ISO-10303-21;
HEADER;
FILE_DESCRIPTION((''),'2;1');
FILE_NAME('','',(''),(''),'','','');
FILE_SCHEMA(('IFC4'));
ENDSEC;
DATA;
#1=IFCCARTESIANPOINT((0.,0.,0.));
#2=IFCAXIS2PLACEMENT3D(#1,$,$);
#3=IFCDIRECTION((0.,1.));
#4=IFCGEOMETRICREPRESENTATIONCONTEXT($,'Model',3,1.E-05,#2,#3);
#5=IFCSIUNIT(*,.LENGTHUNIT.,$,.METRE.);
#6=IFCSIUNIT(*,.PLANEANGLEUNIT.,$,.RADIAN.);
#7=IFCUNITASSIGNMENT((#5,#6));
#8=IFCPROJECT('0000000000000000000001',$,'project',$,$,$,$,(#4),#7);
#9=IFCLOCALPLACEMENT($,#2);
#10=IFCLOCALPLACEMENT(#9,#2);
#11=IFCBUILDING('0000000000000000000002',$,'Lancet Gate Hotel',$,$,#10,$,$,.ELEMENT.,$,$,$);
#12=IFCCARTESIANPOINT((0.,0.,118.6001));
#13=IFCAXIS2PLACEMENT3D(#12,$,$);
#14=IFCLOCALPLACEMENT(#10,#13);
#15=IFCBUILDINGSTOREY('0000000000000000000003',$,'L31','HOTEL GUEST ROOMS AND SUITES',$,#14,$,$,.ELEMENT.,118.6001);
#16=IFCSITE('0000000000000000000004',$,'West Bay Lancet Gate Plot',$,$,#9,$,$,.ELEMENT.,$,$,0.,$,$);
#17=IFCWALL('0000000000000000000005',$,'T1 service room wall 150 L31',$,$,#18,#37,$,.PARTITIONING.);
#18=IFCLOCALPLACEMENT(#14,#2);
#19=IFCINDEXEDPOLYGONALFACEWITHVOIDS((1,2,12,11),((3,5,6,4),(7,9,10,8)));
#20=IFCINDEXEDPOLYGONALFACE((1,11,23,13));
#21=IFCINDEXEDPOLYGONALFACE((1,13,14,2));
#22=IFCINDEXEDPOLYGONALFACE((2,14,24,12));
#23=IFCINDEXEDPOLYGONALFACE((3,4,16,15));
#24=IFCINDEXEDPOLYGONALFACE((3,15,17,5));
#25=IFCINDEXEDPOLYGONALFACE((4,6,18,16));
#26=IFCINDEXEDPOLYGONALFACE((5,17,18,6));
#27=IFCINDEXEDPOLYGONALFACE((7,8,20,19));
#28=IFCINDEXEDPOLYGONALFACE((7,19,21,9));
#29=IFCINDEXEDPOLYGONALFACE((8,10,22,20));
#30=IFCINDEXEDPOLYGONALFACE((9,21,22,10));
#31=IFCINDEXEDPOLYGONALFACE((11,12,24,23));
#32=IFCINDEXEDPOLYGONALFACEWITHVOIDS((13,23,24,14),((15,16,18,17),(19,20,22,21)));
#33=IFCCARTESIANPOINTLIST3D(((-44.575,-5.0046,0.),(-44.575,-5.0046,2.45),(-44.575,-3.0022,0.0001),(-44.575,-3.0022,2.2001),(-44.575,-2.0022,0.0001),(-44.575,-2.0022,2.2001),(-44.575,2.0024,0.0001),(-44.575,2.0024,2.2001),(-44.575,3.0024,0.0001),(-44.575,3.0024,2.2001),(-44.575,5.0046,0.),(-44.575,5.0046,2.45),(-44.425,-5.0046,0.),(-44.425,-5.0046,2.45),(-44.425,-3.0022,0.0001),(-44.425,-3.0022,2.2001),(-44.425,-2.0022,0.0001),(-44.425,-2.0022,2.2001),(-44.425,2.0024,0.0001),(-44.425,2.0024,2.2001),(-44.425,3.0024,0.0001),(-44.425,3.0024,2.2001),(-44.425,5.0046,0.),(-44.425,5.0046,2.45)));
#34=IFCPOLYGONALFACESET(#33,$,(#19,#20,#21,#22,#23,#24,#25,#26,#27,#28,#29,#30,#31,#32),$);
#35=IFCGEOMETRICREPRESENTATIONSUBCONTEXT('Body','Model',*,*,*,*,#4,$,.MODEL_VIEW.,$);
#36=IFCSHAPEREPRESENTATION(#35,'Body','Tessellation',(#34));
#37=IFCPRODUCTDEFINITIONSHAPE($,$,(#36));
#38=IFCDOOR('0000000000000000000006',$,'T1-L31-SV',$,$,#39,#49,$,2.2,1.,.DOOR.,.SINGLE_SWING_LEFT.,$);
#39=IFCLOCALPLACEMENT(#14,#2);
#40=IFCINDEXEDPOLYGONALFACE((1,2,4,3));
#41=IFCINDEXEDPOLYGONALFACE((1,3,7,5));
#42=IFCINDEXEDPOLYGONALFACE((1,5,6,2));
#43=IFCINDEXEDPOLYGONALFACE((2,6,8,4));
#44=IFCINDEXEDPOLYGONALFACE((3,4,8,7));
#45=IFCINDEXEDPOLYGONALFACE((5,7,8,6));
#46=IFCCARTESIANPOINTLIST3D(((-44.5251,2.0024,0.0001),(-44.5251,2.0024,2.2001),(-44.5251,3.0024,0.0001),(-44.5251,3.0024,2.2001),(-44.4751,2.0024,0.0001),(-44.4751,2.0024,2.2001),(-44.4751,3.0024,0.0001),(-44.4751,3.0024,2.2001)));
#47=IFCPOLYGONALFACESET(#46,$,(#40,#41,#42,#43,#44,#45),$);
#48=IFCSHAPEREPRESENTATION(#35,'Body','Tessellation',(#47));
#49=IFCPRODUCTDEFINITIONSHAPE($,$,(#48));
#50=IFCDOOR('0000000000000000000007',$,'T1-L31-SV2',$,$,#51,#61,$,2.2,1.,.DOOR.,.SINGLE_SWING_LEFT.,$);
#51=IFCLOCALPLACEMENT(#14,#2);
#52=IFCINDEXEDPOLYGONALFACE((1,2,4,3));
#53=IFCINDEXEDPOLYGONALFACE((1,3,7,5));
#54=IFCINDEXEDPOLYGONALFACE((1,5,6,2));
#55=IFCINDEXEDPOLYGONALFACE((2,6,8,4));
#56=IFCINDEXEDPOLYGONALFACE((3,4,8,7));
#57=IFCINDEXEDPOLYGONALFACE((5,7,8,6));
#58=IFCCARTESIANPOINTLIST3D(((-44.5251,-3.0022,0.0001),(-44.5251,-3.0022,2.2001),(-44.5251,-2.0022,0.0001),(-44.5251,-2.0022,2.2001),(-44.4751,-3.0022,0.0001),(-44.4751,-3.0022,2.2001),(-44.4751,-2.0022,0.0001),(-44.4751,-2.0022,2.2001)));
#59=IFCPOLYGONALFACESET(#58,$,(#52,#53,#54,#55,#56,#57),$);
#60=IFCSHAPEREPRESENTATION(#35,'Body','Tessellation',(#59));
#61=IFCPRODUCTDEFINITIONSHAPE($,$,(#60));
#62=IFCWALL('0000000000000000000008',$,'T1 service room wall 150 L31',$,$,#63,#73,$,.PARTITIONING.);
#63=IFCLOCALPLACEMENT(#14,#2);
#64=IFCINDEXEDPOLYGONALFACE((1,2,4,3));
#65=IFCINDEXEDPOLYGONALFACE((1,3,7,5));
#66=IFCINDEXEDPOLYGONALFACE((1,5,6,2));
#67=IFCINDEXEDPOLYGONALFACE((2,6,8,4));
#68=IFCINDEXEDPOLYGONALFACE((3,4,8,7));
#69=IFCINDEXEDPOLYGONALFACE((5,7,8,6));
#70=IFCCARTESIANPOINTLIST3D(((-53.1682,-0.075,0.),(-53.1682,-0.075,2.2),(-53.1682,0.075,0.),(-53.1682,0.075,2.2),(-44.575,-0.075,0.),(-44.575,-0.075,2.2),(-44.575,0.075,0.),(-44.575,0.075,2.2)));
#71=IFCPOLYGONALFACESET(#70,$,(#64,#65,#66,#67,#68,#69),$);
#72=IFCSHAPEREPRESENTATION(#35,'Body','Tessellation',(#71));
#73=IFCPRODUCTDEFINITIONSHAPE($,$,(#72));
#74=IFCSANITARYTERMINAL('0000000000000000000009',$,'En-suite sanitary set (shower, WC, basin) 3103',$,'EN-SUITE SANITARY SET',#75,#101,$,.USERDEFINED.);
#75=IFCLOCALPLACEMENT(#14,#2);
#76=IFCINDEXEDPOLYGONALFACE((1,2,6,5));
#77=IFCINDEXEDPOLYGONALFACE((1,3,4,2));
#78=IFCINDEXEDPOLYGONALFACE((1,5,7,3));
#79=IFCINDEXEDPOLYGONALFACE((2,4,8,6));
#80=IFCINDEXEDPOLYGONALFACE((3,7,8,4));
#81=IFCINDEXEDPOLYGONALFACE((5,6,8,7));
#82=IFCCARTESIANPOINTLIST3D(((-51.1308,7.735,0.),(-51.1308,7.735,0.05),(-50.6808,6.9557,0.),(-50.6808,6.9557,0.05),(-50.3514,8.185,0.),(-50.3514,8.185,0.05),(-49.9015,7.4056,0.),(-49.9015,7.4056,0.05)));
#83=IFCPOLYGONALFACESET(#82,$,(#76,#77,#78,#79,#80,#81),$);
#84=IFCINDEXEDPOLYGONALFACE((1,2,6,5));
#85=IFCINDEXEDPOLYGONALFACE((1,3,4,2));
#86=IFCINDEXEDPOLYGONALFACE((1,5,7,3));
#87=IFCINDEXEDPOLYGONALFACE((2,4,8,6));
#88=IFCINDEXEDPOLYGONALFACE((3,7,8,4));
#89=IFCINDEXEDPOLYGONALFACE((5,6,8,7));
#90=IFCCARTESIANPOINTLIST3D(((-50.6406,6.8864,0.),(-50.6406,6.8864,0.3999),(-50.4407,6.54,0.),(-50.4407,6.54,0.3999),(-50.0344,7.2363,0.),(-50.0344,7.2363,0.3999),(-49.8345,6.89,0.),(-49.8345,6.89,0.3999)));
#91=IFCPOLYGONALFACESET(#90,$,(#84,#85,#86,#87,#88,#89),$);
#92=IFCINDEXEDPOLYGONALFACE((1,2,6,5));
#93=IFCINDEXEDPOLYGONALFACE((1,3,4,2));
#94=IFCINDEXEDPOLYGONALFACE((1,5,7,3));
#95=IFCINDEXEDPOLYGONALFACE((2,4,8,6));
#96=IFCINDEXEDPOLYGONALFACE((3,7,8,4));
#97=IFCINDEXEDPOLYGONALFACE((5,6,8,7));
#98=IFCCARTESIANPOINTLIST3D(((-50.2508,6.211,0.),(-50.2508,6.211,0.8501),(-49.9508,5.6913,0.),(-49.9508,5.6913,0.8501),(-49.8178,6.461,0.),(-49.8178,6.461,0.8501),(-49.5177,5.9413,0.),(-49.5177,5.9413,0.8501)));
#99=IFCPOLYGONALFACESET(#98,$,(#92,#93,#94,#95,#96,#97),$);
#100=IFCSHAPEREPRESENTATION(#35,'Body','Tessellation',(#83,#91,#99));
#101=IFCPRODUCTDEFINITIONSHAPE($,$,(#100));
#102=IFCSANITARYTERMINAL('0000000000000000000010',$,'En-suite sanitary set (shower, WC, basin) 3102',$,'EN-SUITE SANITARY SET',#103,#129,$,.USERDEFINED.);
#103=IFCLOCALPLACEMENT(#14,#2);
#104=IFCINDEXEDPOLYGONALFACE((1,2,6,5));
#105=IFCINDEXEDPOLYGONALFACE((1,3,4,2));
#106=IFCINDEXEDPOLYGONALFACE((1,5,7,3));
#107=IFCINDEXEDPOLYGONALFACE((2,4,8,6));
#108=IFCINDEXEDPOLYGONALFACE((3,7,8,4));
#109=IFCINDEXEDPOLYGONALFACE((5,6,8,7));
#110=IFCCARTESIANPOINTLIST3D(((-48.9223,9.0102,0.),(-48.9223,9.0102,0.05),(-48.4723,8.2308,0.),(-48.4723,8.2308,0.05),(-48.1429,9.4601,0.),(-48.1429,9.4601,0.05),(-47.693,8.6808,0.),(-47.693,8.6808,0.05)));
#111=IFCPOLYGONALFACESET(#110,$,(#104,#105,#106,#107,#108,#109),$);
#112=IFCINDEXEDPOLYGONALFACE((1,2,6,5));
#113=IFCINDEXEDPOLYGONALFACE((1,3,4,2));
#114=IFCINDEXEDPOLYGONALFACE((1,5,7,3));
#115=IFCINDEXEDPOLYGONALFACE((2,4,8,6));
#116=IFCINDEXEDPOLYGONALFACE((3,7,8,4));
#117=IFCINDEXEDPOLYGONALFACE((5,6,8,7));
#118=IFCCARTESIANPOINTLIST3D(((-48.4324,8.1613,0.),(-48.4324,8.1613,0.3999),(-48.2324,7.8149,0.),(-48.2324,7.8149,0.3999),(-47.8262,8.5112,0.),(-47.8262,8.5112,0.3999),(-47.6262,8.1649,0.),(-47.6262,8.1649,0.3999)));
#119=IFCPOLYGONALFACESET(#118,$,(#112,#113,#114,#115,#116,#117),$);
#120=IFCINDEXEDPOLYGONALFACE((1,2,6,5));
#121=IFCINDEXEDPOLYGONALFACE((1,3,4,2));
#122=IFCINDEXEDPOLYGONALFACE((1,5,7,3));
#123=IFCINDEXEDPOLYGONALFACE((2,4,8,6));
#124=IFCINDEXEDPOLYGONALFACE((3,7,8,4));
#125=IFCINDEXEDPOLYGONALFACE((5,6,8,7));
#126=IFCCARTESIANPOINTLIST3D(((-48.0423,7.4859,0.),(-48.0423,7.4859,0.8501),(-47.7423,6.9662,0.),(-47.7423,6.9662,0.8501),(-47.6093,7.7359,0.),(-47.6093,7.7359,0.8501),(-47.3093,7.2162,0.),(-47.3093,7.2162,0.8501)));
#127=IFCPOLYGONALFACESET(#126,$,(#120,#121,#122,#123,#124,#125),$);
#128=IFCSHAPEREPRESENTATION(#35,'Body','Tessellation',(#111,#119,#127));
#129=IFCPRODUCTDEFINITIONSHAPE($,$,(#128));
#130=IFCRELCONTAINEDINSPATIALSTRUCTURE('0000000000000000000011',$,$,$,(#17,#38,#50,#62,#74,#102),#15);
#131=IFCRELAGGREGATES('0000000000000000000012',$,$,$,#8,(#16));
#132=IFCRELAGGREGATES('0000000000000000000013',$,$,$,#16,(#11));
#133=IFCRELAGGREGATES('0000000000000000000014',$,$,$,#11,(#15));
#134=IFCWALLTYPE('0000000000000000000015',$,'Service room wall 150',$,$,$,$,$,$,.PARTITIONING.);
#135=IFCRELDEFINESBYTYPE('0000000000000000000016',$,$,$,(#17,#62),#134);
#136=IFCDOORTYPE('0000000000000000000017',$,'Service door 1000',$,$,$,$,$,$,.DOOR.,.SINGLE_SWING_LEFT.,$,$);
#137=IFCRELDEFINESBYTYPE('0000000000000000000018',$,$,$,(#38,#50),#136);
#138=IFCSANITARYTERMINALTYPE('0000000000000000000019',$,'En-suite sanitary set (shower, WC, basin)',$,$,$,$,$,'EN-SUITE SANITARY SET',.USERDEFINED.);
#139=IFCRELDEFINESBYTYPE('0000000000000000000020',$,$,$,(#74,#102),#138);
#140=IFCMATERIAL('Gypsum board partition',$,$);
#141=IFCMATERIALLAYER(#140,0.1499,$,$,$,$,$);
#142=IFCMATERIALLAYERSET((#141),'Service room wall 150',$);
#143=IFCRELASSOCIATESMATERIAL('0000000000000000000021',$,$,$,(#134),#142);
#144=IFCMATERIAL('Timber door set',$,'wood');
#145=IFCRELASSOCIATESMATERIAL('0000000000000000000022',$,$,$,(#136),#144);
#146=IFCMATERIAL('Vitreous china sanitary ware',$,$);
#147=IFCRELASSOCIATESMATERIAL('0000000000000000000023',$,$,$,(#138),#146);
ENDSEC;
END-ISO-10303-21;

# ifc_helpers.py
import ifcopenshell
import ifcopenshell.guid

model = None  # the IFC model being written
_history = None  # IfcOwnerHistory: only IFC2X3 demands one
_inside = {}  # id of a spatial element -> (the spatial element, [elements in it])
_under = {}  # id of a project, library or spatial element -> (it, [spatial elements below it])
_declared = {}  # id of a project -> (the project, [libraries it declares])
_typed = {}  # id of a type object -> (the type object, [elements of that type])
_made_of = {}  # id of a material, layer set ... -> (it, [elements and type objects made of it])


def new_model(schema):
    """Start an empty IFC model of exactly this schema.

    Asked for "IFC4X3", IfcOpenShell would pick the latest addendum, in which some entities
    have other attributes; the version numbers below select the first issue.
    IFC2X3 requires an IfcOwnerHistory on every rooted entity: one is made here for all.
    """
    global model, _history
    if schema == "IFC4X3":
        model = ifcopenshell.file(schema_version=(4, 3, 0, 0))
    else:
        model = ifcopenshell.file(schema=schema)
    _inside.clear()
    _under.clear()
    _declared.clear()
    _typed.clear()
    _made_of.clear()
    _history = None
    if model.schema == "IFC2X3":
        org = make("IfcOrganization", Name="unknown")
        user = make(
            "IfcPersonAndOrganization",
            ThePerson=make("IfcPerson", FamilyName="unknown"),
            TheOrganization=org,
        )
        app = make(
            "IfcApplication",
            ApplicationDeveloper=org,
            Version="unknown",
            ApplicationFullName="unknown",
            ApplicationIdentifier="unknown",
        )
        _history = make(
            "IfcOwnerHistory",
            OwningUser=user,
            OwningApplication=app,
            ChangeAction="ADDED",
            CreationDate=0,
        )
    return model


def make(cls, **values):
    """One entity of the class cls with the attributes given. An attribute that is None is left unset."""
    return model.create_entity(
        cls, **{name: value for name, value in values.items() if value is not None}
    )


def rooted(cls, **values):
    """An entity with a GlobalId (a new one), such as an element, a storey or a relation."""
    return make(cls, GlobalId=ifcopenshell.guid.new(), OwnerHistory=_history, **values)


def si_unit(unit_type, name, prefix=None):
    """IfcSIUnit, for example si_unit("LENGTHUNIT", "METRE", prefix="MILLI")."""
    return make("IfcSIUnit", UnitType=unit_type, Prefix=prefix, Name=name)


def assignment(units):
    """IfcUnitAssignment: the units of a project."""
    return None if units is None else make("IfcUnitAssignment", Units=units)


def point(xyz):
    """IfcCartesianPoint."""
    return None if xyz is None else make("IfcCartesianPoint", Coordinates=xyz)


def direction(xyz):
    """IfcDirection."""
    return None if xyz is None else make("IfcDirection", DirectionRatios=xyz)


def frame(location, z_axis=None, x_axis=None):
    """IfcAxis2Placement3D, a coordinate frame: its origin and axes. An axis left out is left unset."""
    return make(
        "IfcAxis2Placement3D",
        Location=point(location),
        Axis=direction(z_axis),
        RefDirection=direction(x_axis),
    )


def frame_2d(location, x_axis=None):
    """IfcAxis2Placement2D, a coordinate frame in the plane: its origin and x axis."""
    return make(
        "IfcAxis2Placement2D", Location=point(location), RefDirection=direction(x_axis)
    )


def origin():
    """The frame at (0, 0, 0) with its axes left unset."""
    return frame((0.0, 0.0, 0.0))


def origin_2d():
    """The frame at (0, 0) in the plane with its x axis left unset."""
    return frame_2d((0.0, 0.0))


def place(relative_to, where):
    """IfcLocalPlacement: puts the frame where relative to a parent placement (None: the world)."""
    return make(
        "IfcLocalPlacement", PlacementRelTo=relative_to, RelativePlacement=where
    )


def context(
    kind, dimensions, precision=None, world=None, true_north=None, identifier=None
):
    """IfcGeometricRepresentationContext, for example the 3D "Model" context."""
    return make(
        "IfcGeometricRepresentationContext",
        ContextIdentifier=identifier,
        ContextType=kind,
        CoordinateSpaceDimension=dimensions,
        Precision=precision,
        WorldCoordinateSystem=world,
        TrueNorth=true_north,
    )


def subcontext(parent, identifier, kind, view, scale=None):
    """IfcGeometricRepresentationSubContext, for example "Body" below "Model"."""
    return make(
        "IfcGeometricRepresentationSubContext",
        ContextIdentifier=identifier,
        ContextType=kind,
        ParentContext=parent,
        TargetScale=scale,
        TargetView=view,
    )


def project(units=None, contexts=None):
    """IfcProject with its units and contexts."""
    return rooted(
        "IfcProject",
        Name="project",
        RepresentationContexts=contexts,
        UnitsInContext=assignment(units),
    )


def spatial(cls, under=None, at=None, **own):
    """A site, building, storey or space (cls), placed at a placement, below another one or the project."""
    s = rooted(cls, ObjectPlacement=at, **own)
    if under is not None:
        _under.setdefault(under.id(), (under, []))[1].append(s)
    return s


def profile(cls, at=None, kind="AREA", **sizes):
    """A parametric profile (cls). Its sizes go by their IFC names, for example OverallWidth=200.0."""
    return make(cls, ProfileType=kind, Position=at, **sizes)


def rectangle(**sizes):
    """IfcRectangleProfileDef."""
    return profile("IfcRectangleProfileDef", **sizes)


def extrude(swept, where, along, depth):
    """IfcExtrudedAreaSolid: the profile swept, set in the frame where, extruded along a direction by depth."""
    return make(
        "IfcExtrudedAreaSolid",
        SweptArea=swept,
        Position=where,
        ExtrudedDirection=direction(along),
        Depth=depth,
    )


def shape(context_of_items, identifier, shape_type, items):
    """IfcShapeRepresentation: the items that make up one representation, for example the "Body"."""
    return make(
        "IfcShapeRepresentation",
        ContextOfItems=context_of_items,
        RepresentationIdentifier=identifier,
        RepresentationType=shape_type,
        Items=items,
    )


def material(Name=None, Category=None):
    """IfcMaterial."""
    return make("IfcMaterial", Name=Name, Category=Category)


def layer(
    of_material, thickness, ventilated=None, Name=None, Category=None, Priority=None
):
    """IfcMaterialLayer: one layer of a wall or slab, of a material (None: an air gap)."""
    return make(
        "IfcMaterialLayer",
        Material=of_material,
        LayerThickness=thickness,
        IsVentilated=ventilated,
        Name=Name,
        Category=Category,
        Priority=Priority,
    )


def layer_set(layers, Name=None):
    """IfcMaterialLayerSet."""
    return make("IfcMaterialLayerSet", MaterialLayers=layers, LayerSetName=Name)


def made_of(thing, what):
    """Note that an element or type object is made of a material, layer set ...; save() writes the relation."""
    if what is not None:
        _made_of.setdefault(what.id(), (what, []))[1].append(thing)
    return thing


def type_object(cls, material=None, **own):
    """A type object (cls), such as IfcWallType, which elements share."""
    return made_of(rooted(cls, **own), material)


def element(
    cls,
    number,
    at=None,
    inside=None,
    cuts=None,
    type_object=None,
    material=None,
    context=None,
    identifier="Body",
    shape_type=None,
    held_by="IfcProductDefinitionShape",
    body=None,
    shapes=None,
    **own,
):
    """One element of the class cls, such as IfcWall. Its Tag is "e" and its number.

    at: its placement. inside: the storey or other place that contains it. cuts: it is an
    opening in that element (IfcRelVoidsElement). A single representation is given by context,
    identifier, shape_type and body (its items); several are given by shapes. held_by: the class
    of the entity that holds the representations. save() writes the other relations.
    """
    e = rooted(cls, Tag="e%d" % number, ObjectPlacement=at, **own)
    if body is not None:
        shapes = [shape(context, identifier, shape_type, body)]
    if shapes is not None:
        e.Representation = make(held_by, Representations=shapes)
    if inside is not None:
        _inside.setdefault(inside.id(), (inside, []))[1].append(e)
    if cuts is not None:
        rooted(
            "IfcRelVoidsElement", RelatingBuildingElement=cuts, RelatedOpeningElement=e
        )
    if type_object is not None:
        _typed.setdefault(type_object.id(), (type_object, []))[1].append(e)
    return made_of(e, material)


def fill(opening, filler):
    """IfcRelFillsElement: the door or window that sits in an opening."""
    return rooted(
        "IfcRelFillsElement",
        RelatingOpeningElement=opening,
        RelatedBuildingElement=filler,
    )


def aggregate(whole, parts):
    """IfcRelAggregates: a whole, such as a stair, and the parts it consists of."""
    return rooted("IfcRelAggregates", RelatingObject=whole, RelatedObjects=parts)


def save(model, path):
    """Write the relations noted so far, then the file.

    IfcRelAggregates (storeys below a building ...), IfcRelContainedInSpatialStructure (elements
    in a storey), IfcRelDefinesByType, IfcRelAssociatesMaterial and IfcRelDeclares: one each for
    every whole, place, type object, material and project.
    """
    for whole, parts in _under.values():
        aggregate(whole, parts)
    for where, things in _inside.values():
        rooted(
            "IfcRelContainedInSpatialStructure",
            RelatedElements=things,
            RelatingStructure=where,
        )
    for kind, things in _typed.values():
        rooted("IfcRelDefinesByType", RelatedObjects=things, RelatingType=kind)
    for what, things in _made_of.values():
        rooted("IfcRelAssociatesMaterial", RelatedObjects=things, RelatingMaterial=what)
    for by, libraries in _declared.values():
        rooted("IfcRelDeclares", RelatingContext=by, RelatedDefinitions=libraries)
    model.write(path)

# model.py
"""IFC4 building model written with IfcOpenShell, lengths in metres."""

from ifc_helpers import new_model, si_unit, direction, frame, frame_2d, origin, origin_2d, place, context, subcontext, project, spatial, rectangle, extrude, material, layer, layer_set, type_object, element, fill, save


model = new_model("IFC4")

# Units and contexts
model_context = context("Model", 3, precision=1e-05, world=origin(), true_north=direction((0.0, 1.0)))
body_context = subcontext(model_context, "Body", "Model", "MODEL_VIEW")
ifc_project = project(units=[si_unit("LENGTHUNIT", "METRE"), si_unit("PLANEANGLEUNIT", "RADIAN")], contexts=[model_context])

# Site, building, storey
site_placement = place(None, origin())
site = spatial("IfcSite", under=ifc_project, at=site_placement, Name="West Bay Lancet Gate Plot", CompositionType="ELEMENT", RefElevation=0.0)
building_placement = place(site_placement, origin())
building = spatial("IfcBuilding", under=site, at=building_placement, Name="Lancet Gate Hotel", CompositionType="ELEMENT")
storey_placement = place(building_placement, frame((0.0, 0.0, 118.6001)))
storey = spatial("IfcBuildingStorey", under=building, at=storey_placement, Name="L31", Description="HOTEL GUEST ROOMS AND SUITES", CompositionType="ELEMENT", Elevation=118.6001)

# Shared definitions
ifc_material_1 = material(Name="Gypsum board partition")
ifc_layer_1 = layer(ifc_material_1, 0.1499)
ifc_layer_set_1 = layer_set([ifc_layer_1], Name="Service room wall 150")
wall_type_1 = type_object("IfcWallType", Name="Service room wall 150", PredefinedType="PARTITIONING", material=ifc_layer_set_1)

# Wall, openings, doors
wall_1_placement = place(storey_placement, frame((-44.5, 5.0046, 0.0), z_axis=(0.0, 0.0, 1.0), x_axis=(0.0, -1.0, 0.0)))
wall_1 = element("IfcWall", 1, at=wall_1_placement, inside=storey, type_object=wall_type_1, Name="T1 service room wall 150 L31", PredefinedType="PARTITIONING", context=body_context, shape_type="SweptSolid", body=[
    extrude(rectangle(XDim=10.0093, YDim=0.1499, at=frame_2d((5.0046, 0.0))), origin(), (0.0, 0.0, 1.0), 2.45),
])
opening_1_placement = place(wall_1_placement, frame((2.0022, 0.0, 0.0)))
opening_1 = element("IfcOpeningElement", 2, at=opening_1_placement, cuts=wall_1, PredefinedType="OPENING", context=body_context, shape_type="SweptSolid", body=[
    extrude(rectangle(XDim=1.0, YDim=2.2, at=frame_2d((0.5, 1.1001))), frame((0.0, 0.085, 0.0), z_axis=(0.0, -1.0, 0.0), x_axis=(1.0, 0.0, 0.0)), (0.0, 0.0, 1.0), 0.1699),
])
opening_2_placement = place(wall_1_placement, frame((7.0068, 0.0, 0.0)))
opening_2 = element("IfcOpeningElement", 3, at=opening_2_placement, cuts=wall_1, PredefinedType="OPENING", context=body_context, shape_type="SweptSolid", body=[
    extrude(rectangle(XDim=1.0, YDim=2.2, at=frame_2d((0.5, 1.1001))), frame((0.0, 0.085, 0.0), z_axis=(0.0, -1.0, 0.0), x_axis=(1.0, 0.0, 0.0)), (0.0, 0.0, 1.0), 0.1699),
])
ifc_material_2 = material(Name="Timber door set", Category="wood")
door_type_1 = type_object("IfcDoorType", Name="Service door 1000", OperationType="SINGLE_SWING_LEFT", PredefinedType="DOOR", material=ifc_material_2)
door_1_placement = place(opening_1_placement, origin())
door_1 = element("IfcDoor", 4, at=door_1_placement, inside=storey, type_object=door_type_1, Name="T1-L31-SV", OperationType="SINGLE_SWING_LEFT", OverallHeight=2.2, OverallWidth=1.0, PredefinedType="DOOR", context=body_context, shape_type="SweptSolid", body=[
    extrude(rectangle(XDim=1.0, YDim=2.2, at=frame_2d((0.5, 1.1001))), frame((0.0, 0.0249, 0.0), z_axis=(0.0, -1.0, 0.0), x_axis=(1.0, 0.0, 0.0)), (0.0, 0.0, 1.0), 0.05),
])
fill(opening_1, door_1)
door_2_placement = place(opening_2_placement, origin())
door_2 = element("IfcDoor", 5, at=door_2_placement, inside=storey, type_object=door_type_1, Name="T1-L31-SV2", OperationType="SINGLE_SWING_LEFT", OverallHeight=2.2, OverallWidth=1.0, PredefinedType="DOOR", context=body_context, shape_type="SweptSolid", body=[
    extrude(rectangle(XDim=1.0, YDim=2.2, at=frame_2d((0.5, 1.1001))), frame((0.0, 0.0249, 0.0), z_axis=(0.0, -1.0, 0.0), x_axis=(1.0, 0.0, 0.0)), (0.0, 0.0, 1.0), 0.05),
])
fill(opening_2, door_2)

# Wall
wall_2_placement = place(storey_placement, frame((-44.575, 0.0, 0.0), z_axis=(0.0, 0.0, 1.0), x_axis=(-1.0, 0.0, 0.0)))
element("IfcWall", 6, at=wall_2_placement, inside=storey, type_object=wall_type_1, Name="T1 service room wall 150 L31", PredefinedType="PARTITIONING", context=body_context, shape_type="SweptSolid", body=[
    extrude(rectangle(XDim=8.5933, YDim=0.1499, at=frame_2d((4.2966, 0.0))), origin(), (0.0, 0.0, 1.0), 2.2),
])

# Sanitary terminals
ifc_material_3 = material(Name="Vitreous china sanitary ware")
sanitary_terminal_type = type_object("IfcSanitaryTerminalType", Name="En-suite sanitary set (shower, WC, basin)", ElementType="EN-SUITE SANITARY SET", PredefinedType="USERDEFINED", material=ifc_material_3)
sanitary_terminal_1_placement = place(storey_placement, frame((-50.5161, 7.5703, 0.0), z_axis=(0.0, 0.0, 1.0), x_axis=(1.0, 0.0, 0.0)))
element("IfcSanitaryTerminal", 7, at=sanitary_terminal_1_placement, inside=storey, type_object=sanitary_terminal_type, Name="En-suite sanitary set (shower, WC, basin) 3103", ObjectType="EN-SUITE SANITARY SET", PredefinedType="USERDEFINED", context=body_context, shape_type="SweptSolid", body=[
    extrude(rectangle(XDim=0.8999, YDim=0.8999, at=origin_2d()), frame((0.0, 0.0, 0.0), z_axis=(0.0, 0.0, 1.0), x_axis=(-0.5, 0.866025, 0.0)), (0.0, 0.0, 1.0), 0.05),
    extrude(rectangle(XDim=0.3999, YDim=0.7, at=origin_2d()), frame((0.2786, -0.6821, 0.0), z_axis=(0.0, 0.0, 1.0), x_axis=(-0.5, 0.866025, 0.0)), (0.0, 0.0, 1.0), 0.3999),
    extrude(rectangle(XDim=0.6001, YDim=0.5, at=origin_2d()), frame((0.6318, -1.4941, 0.0), z_axis=(0.0, 0.0, 1.0), x_axis=(-0.5, 0.866025, 0.0)), (0.0, 0.0, 1.0), 0.8501),
])
sanitary_terminal_2_placement = place(storey_placement, frame((-48.3076, 8.8455, 0.0), z_axis=(0.0, 0.0, 1.0), x_axis=(1.0, 0.0, 0.0)))
element("IfcSanitaryTerminal", 8, at=sanitary_terminal_2_placement, inside=storey, type_object=sanitary_terminal_type, Name="En-suite sanitary set (shower, WC, basin) 3102", ObjectType="EN-SUITE SANITARY SET", PredefinedType="USERDEFINED", context=body_context, shape_type="SweptSolid", body=[
    extrude(rectangle(XDim=0.8999, YDim=0.8999, at=origin_2d()), frame((0.0, 0.0, 0.0), z_axis=(0.0, 0.0, 1.0), x_axis=(-0.5, 0.866025, 0.0)), (0.0, 0.0, 1.0), 0.05),
    extrude(rectangle(XDim=0.3999, YDim=0.7, at=origin_2d()), frame((0.2783, -0.6824, 0.0), z_axis=(0.0, 0.0, 1.0), x_axis=(-0.5, 0.866025, 0.0)), (0.0, 0.0, 1.0), 0.3999),
    extrude(rectangle(XDim=0.6001, YDim=0.5, at=origin_2d()), frame((0.6318, -1.4944, 0.0), z_axis=(0.0, 0.0, 1.0), x_axis=(-0.5, 0.866025, 0.0)), (0.0, 0.0, 1.0), 0.8501),
])

save(model, "model.ifc")
